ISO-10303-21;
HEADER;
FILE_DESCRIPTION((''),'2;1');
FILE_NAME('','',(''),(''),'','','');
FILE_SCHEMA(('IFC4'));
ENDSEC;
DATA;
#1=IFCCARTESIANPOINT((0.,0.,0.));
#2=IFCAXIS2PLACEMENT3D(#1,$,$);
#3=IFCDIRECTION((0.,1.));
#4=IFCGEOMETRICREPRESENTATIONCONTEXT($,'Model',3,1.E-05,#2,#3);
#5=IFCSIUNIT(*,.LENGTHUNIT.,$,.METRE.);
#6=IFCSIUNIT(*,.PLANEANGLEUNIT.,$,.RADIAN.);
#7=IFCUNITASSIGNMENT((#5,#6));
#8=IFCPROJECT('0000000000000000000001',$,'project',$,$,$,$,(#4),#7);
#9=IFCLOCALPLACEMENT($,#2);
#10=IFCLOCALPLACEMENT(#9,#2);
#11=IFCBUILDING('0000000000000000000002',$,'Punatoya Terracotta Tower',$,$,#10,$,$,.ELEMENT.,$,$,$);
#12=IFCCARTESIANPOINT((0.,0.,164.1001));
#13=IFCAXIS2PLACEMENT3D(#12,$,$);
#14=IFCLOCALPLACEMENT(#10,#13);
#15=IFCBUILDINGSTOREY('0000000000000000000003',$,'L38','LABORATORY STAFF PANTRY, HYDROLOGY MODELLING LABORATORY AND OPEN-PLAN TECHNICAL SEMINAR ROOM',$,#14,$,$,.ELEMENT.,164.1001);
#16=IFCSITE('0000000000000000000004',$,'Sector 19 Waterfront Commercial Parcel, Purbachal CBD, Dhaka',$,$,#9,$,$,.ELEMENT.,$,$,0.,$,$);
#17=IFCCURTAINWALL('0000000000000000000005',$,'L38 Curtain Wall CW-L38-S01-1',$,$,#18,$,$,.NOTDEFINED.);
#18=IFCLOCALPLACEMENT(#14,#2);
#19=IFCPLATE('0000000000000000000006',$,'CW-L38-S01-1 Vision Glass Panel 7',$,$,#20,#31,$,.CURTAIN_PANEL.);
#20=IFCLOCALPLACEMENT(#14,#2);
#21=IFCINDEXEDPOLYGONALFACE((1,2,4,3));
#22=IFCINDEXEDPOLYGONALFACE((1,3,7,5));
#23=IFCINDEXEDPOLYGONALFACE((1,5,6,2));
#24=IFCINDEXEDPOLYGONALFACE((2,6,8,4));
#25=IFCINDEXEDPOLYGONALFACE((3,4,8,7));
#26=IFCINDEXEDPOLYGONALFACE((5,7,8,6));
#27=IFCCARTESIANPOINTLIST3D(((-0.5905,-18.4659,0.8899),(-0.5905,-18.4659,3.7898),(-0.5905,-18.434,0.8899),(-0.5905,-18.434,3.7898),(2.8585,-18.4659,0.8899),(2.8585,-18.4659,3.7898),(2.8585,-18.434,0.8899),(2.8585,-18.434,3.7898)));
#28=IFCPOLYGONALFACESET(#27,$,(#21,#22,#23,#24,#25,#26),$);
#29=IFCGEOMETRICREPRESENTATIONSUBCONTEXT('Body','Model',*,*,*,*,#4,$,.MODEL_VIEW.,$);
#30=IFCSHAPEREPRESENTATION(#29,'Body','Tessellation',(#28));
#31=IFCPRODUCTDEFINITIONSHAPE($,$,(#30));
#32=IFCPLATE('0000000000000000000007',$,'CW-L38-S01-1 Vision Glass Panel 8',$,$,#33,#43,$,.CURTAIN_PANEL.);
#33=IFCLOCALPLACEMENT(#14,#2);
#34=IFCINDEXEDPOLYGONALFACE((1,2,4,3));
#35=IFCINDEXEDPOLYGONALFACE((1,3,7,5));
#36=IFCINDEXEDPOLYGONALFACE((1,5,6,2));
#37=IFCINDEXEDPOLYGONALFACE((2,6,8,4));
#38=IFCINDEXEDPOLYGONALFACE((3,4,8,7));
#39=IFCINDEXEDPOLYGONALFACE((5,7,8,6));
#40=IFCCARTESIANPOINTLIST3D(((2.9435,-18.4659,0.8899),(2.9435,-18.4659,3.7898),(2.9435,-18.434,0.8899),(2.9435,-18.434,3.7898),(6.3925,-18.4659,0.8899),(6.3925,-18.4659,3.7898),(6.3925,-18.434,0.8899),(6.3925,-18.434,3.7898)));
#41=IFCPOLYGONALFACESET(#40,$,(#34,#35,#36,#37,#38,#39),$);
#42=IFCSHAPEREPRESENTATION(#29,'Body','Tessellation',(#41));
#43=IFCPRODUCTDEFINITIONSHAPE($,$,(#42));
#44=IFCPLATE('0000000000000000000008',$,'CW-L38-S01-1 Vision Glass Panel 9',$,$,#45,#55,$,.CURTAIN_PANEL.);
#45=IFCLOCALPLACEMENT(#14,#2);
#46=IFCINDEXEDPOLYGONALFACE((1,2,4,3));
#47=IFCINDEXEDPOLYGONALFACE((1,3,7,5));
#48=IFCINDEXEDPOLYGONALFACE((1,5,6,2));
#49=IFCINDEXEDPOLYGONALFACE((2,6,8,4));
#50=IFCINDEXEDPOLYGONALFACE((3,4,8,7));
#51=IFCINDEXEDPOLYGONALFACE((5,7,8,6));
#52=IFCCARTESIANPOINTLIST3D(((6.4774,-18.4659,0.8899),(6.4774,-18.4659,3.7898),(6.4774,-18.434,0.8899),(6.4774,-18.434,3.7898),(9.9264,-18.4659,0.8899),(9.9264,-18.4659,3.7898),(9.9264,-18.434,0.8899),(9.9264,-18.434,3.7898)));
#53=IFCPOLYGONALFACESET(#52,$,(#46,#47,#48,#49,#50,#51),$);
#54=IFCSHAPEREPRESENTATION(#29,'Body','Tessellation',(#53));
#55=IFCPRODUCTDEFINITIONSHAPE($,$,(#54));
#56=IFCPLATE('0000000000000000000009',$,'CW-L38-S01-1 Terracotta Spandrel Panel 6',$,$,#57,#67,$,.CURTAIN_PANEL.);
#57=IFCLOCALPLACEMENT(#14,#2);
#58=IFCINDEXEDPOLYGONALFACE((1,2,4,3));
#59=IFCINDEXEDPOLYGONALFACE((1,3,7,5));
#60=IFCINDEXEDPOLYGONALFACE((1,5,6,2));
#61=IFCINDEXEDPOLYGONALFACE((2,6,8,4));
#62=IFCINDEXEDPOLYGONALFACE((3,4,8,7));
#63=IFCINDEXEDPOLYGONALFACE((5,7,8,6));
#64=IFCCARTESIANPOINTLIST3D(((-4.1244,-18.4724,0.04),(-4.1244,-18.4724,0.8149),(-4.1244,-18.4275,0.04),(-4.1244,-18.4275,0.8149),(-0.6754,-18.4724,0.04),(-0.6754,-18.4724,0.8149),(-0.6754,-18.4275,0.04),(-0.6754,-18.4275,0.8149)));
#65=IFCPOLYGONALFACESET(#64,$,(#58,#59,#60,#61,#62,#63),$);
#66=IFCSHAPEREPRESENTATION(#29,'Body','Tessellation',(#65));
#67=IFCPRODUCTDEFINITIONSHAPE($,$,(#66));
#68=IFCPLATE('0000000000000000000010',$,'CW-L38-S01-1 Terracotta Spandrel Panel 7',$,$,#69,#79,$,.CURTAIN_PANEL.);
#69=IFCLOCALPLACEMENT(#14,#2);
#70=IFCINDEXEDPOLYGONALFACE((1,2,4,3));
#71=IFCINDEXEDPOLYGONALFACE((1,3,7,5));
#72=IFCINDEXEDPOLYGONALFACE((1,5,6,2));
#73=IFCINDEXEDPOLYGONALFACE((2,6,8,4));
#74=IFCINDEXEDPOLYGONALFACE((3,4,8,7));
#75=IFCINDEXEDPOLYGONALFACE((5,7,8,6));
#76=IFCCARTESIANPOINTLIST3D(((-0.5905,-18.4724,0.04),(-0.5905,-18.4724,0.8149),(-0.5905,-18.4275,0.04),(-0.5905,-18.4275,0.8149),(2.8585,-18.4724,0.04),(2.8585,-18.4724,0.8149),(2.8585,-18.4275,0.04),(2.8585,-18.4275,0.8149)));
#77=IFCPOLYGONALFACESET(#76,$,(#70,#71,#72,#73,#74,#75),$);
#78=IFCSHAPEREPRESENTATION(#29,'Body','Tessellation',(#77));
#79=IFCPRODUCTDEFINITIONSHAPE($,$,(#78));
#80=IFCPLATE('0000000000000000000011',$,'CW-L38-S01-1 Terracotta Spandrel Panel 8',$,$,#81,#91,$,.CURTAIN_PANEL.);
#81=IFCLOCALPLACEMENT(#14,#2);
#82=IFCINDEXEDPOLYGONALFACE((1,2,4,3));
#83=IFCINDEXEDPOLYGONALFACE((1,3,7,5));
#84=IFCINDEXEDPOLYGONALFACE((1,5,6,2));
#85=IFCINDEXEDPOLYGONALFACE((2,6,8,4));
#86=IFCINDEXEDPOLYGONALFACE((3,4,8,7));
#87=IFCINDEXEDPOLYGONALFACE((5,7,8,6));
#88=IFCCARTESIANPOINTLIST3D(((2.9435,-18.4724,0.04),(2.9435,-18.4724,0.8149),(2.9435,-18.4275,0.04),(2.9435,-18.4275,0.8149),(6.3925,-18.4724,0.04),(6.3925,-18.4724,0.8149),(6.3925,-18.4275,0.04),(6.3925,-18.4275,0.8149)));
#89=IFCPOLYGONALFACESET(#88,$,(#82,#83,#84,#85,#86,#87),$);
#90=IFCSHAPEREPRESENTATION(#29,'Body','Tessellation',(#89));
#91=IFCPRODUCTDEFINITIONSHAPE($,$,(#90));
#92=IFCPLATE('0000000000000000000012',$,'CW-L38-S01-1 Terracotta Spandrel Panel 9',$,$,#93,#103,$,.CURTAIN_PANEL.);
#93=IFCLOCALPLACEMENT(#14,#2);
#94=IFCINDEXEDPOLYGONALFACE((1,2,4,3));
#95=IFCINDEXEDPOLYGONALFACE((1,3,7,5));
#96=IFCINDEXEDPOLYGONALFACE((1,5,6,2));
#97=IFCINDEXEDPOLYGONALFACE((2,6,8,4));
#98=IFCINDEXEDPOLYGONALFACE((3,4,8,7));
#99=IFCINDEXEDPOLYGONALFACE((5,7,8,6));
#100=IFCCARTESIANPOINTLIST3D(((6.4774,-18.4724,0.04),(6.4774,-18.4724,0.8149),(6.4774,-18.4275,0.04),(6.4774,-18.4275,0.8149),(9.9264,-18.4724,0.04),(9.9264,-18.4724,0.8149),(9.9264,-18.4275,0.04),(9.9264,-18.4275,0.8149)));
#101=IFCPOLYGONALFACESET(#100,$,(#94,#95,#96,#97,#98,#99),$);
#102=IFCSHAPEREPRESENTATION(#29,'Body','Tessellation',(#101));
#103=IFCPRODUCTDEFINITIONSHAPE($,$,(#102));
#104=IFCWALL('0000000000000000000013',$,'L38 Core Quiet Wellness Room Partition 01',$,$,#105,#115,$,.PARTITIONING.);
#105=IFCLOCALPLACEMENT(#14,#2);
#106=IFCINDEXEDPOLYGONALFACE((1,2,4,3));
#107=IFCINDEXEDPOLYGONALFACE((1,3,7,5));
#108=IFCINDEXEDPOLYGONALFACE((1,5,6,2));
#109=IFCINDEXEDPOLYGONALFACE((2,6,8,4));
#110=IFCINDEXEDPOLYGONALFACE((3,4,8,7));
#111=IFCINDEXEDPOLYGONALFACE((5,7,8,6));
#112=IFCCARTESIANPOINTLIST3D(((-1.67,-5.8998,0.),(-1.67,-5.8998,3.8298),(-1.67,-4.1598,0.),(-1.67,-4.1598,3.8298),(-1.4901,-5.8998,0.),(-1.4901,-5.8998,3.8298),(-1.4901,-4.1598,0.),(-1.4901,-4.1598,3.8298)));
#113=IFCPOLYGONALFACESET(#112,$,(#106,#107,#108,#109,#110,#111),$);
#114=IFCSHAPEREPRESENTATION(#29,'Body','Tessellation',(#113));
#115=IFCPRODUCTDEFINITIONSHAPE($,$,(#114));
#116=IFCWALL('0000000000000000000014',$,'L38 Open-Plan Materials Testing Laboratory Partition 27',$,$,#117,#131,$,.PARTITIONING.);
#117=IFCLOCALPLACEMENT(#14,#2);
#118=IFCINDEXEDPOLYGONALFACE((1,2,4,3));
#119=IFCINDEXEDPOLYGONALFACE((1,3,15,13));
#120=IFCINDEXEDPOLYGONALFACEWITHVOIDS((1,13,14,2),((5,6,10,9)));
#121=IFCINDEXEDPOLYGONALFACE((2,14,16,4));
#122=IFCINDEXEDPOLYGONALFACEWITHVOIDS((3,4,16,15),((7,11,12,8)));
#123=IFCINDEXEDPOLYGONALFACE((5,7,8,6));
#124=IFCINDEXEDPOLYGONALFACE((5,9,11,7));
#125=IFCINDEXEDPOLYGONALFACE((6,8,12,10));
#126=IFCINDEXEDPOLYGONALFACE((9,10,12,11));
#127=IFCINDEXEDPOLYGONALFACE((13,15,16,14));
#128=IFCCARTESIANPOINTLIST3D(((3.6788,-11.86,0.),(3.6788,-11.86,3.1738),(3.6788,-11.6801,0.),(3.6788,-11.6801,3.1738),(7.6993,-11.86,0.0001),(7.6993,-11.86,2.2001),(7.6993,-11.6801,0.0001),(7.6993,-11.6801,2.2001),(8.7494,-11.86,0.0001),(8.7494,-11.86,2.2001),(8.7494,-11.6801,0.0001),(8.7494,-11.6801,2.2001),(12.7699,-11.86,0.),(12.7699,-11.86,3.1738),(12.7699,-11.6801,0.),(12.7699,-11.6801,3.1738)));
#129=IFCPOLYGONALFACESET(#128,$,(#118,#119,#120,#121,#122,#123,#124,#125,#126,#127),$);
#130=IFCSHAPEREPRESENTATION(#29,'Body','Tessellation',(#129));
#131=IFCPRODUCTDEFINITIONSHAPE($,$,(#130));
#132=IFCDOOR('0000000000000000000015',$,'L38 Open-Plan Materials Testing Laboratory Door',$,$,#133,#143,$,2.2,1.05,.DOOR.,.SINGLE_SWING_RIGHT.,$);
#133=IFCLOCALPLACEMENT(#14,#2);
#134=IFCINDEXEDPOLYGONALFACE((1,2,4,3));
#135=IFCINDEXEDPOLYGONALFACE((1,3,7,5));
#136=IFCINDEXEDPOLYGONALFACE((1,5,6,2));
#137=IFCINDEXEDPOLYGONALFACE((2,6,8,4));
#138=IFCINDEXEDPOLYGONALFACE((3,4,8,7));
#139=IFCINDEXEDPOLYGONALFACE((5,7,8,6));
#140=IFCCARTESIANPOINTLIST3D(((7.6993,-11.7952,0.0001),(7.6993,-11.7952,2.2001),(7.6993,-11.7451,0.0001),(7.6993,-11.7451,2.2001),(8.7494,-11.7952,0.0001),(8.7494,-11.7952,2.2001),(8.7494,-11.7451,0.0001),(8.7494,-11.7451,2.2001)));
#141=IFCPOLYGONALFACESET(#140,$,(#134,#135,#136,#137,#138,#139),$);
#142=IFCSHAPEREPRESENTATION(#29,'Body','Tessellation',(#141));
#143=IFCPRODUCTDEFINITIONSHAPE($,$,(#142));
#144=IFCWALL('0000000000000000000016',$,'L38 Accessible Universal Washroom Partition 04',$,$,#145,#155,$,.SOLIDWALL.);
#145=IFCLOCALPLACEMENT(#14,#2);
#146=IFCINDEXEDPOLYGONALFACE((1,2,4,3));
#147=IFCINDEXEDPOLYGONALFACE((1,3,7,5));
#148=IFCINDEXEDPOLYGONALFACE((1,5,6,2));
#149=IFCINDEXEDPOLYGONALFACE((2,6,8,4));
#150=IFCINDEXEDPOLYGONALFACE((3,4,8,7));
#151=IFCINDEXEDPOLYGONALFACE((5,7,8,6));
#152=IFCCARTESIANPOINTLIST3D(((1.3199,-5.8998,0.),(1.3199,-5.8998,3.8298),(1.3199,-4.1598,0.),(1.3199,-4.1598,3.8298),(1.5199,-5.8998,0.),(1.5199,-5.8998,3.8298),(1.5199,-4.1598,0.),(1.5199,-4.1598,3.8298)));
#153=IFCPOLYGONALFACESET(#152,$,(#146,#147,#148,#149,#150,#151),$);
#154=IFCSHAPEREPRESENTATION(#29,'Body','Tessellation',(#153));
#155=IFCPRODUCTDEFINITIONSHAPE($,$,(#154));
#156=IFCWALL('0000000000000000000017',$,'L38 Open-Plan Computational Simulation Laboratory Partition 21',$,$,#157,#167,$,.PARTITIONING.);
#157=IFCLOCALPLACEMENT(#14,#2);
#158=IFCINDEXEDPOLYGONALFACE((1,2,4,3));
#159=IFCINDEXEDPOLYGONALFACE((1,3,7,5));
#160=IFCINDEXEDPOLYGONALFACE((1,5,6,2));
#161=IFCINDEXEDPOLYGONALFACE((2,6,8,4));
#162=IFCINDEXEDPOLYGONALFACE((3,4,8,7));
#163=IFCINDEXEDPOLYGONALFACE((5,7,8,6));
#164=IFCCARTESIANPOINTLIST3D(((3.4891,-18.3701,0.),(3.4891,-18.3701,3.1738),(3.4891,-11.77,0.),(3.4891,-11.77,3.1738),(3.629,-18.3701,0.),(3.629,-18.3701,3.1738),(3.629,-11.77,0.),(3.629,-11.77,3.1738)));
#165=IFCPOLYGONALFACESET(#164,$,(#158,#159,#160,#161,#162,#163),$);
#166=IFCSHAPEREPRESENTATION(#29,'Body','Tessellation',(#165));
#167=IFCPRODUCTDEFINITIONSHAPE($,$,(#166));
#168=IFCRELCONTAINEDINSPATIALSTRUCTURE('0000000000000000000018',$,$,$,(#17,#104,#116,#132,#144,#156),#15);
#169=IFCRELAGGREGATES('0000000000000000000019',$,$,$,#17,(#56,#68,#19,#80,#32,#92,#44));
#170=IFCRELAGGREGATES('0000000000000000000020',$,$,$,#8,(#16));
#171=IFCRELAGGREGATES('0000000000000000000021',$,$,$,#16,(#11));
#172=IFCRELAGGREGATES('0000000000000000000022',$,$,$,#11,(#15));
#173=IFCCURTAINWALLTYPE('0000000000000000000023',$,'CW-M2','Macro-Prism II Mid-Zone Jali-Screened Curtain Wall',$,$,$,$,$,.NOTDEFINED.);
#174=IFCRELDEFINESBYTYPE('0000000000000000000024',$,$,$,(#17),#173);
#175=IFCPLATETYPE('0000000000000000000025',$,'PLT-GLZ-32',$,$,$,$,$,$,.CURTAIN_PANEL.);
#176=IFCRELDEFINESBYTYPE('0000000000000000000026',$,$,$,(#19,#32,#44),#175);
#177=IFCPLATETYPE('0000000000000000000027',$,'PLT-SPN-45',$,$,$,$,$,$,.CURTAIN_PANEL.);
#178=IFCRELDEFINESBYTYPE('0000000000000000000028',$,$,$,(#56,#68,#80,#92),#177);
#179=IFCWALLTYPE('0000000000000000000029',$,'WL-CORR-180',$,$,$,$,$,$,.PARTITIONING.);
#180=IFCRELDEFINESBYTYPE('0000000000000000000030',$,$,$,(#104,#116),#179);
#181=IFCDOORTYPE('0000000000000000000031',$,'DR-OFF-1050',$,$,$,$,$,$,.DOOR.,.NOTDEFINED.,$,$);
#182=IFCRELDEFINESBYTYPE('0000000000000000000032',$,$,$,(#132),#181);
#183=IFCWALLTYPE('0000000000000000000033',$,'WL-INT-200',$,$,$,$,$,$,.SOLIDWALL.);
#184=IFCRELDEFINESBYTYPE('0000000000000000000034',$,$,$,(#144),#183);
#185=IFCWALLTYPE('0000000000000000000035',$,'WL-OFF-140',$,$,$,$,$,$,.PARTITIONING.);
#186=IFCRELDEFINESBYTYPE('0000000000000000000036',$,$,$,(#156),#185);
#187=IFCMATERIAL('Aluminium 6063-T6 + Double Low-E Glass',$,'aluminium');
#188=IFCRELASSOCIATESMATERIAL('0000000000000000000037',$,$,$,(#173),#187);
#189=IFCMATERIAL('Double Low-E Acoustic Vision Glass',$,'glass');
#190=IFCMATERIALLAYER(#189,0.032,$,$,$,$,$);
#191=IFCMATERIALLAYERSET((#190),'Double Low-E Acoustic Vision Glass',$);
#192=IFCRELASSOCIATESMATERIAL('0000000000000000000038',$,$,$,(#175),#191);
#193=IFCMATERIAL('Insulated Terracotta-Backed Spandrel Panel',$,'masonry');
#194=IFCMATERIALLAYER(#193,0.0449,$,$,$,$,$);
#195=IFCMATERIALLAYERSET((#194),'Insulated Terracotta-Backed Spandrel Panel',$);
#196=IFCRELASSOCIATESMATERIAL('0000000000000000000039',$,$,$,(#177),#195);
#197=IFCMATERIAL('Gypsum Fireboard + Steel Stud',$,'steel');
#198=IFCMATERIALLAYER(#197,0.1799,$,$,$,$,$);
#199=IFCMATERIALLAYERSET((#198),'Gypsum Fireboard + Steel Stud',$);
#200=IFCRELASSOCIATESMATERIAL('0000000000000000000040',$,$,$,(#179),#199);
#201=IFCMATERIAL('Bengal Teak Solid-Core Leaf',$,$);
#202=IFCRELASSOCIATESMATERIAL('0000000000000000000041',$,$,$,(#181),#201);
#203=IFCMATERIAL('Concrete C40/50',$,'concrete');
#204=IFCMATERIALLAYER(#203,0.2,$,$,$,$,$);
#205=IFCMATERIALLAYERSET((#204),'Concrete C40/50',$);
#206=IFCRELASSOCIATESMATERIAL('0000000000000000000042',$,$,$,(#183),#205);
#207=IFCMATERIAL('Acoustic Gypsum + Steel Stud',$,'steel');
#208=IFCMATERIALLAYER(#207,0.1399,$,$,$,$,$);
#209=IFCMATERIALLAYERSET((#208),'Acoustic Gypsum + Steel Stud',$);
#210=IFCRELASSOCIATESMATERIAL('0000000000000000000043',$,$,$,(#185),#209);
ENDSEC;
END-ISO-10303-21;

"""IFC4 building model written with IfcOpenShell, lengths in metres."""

from ifc_helpers import new_model, si_unit, direction, frame, frame_2d, origin, origin_2d, place, context, subcontext, project, spatial, rectangle, extrude, material, layer, layer_set, type_object, element, fill, aggregate, save


model = new_model("IFC4")

# Units and contexts
model_context = context("Model", 3, precision=1e-05, world=origin(), true_north=direction((0.0, 1.0)))
body_context = subcontext(model_context, "Body", "Model", "MODEL_VIEW")
ifc_project = project(units=[si_unit("LENGTHUNIT", "METRE"), si_unit("PLANEANGLEUNIT", "RADIAN")], contexts=[model_context])

# Site, building, storey
site_placement = place(None, origin())
site = spatial("IfcSite", under=ifc_project, at=site_placement, Name="Sector 19 Waterfront Commercial Parcel, Purbachal CBD, Dhaka", CompositionType="ELEMENT", RefElevation=0.0)
building_placement = place(site_placement, origin())
building = spatial("IfcBuilding", under=site, at=building_placement, Name="Punatoya Terracotta Tower", CompositionType="ELEMENT")
storey_placement = place(building_placement, frame((0.0, 0.0, 164.1001)))
storey = spatial("IfcBuildingStorey", under=building, at=storey_placement, Name="L38", Description="LABORATORY STAFF PANTRY, HYDROLOGY MODELLING LABORATORY AND OPEN-PLAN TECHNICAL SEMINAR ROOM", CompositionType="ELEMENT", Elevation=164.1001)

# Curtain wall, plates
ifc_material_1 = material(Name="Aluminium 6063-T6 + Double Low-E Glass", Category="aluminium")
curtain_wall_type = type_object("IfcCurtainWallType", Name="CW-M2", Description="Macro-Prism II Mid-Zone Jali-Screened Curtain Wall", PredefinedType="NOTDEFINED", material=ifc_material_1)
curtain_wall_placement = place(storey_placement, origin())
curtain_wall = element("IfcCurtainWall", 1, at=curtain_wall_placement, inside=storey, type_object=curtain_wall_type, Name="L38 Curtain Wall CW-L38-S01-1", PredefinedType="NOTDEFINED")
ifc_material_2 = material(Name="Double Low-E Acoustic Vision Glass", Category="glass")
ifc_layer_1 = layer(ifc_material_2, 0.032)
ifc_layer_set_1 = layer_set([ifc_layer_1], Name="Double Low-E Acoustic Vision Glass")
plate_type_1 = type_object("IfcPlateType", Name="PLT-GLZ-32", PredefinedType="CURTAIN_PANEL", material=ifc_layer_set_1)
plate_1_placement = place(storey_placement, frame((1.134, -18.45, 0.8899), z_axis=(0.0, 0.0, 1.0), x_axis=(1.0, 0.0, 0.0)))
plate_1 = element("IfcPlate", 2, at=plate_1_placement, type_object=plate_type_1, Name="CW-L38-S01-1 Vision Glass Panel 7", PredefinedType="CURTAIN_PANEL", context=body_context, shape_type="SweptSolid", body=[
    extrude(rectangle(XDim=3.449, YDim=0.032, at=origin_2d()), origin(), (0.0, 0.0, 1.0), 2.8999),
])
plate_2_placement = place(storey_placement, frame((4.668, -18.45, 0.8899), z_axis=(0.0, 0.0, 1.0), x_axis=(1.0, 0.0, 0.0)))
plate_2 = element("IfcPlate", 3, at=plate_2_placement, type_object=plate_type_1, Name="CW-L38-S01-1 Vision Glass Panel 8", PredefinedType="CURTAIN_PANEL", context=body_context, shape_type="SweptSolid", body=[
    extrude(rectangle(XDim=3.449, YDim=0.032, at=origin_2d()), origin(), (0.0, 0.0, 1.0), 2.8999),
])
plate_3_placement = place(storey_placement, frame((8.2019, -18.45, 0.8899), z_axis=(0.0, 0.0, 1.0), x_axis=(1.0, 0.0, 0.0)))
plate_3 = element("IfcPlate", 4, at=plate_3_placement, type_object=plate_type_1, Name="CW-L38-S01-1 Vision Glass Panel 9", PredefinedType="CURTAIN_PANEL", context=body_context, shape_type="SweptSolid", body=[
    extrude(rectangle(XDim=3.449, YDim=0.032, at=origin_2d()), origin(), (0.0, 0.0, 1.0), 2.8999),
])
ifc_material_3 = material(Name="Insulated Terracotta-Backed Spandrel Panel", Category="masonry")
ifc_layer_2 = layer(ifc_material_3, 0.0449)
ifc_layer_set_2 = layer_set([ifc_layer_2], Name="Insulated Terracotta-Backed Spandrel Panel")
plate_type_2 = type_object("IfcPlateType", Name="PLT-SPN-45", PredefinedType="CURTAIN_PANEL", material=ifc_layer_set_2)
plate_4_placement = place(storey_placement, frame((-2.3999, -18.45, 0.04), z_axis=(0.0, 0.0, 1.0), x_axis=(1.0, 0.0, 0.0)))
plate_4 = element("IfcPlate", 5, at=plate_4_placement, type_object=plate_type_2, Name="CW-L38-S01-1 Terracotta Spandrel Panel 6", PredefinedType="CURTAIN_PANEL", context=body_context, shape_type="SweptSolid", body=[
    extrude(rectangle(XDim=3.449, YDim=0.0449, at=origin_2d()), origin(), (0.0, 0.0, 1.0), 0.7749),
])
plate_5_placement = place(storey_placement, frame((1.134, -18.45, 0.04), z_axis=(0.0, 0.0, 1.0), x_axis=(1.0, 0.0, 0.0)))
plate_5 = element("IfcPlate", 6, at=plate_5_placement, type_object=plate_type_2, Name="CW-L38-S01-1 Terracotta Spandrel Panel 7", PredefinedType="CURTAIN_PANEL", context=body_context, shape_type="SweptSolid", body=[
    extrude(rectangle(XDim=3.449, YDim=0.0449, at=origin_2d()), origin(), (0.0, 0.0, 1.0), 0.7749),
])
plate_6_placement = place(storey_placement, frame((4.668, -18.45, 0.04), z_axis=(0.0, 0.0, 1.0), x_axis=(1.0, 0.0, 0.0)))
plate_6 = element("IfcPlate", 7, at=plate_6_placement, type_object=plate_type_2, Name="CW-L38-S01-1 Terracotta Spandrel Panel 8", PredefinedType="CURTAIN_PANEL", context=body_context, shape_type="SweptSolid", body=[
    extrude(rectangle(XDim=3.449, YDim=0.0449, at=origin_2d()), origin(), (0.0, 0.0, 1.0), 0.7749),
])
plate_7_placement = place(storey_placement, frame((8.2019, -18.45, 0.04), z_axis=(0.0, 0.0, 1.0), x_axis=(1.0, 0.0, 0.0)))
plate_7 = element("IfcPlate", 8, at=plate_7_placement, type_object=plate_type_2, Name="CW-L38-S01-1 Terracotta Spandrel Panel 9", PredefinedType="CURTAIN_PANEL", context=body_context, shape_type="SweptSolid", body=[
    extrude(rectangle(XDim=3.449, YDim=0.0449, at=origin_2d()), origin(), (0.0, 0.0, 1.0), 0.7749),
])
aggregate(curtain_wall, [plate_4, plate_5, plate_1, plate_6, plate_2, plate_7, plate_3])

# Wall
ifc_material_4 = material(Name="Gypsum Fireboard + Steel Stud", Category="steel")
ifc_layer_3 = layer(ifc_material_4, 0.1799)
ifc_layer_set_3 = layer_set([ifc_layer_3], Name="Gypsum Fireboard + Steel Stud")
wall_type_1 = type_object("IfcWallType", Name="WL-CORR-180", PredefinedType="PARTITIONING", material=ifc_layer_set_3)
wall_1_placement = place(storey_placement, frame((-1.5801, -5.8999, 0.0), z_axis=(0.0, 0.0, 1.0), x_axis=(0.0, 1.0, 0.0)))
element("IfcWall", 9, at=wall_1_placement, inside=storey, type_object=wall_type_1, Name="L38 Core Quiet Wellness Room Partition 01", PredefinedType="PARTITIONING", context=body_context, shape_type="SweptSolid", body=[
    extrude(rectangle(XDim=1.74, YDim=0.1799, at=frame_2d((0.8701, 0.0))), origin(), (0.0, 0.0, 1.0), 3.8298),
])

# Wall, opening, door
wall_2_placement = place(storey_placement, frame((3.679, -11.77, 0.0), z_axis=(0.0, 0.0, 1.0), x_axis=(1.0, 0.0, 0.0)))
wall_2 = element("IfcWall", 10, at=wall_2_placement, inside=storey, type_object=wall_type_1, Name="L38 Open-Plan Materials Testing Laboratory Partition 27", PredefinedType="PARTITIONING", context=body_context, shape_type="SweptSolid", body=[
    extrude(rectangle(XDim=9.0911, YDim=0.1799, at=frame_2d((4.5454, 0.0))), origin(), (0.0, 0.0, 1.0), 3.1738),
])
opening_1_placement = place(wall_2_placement, frame((4.0205, 0.0, 0.0)))
opening_1 = element("IfcOpeningElement", 11, at=opening_1_placement, cuts=wall_2, PredefinedType="OPENING", context=body_context, shape_type="SweptSolid", body=[
    extrude(rectangle(XDim=1.05, YDim=2.2, at=frame_2d((0.5249, 1.1001))), frame((0.0, 0.0999, 0.0), z_axis=(0.0, -1.0, 0.0), x_axis=(1.0, 0.0, 0.0)), (0.0, 0.0, 1.0), 0.2),
])
ifc_material_5 = material(Name="Bengal Teak Solid-Core Leaf")
door_type_1 = type_object("IfcDoorType", Name="DR-OFF-1050", OperationType="NOTDEFINED", PredefinedType="DOOR", material=ifc_material_5)
door_1_placement = place(opening_1_placement, origin())
door_1 = element("IfcDoor", 12, at=door_1_placement, inside=storey, type_object=door_type_1, Name="L38 Open-Plan Materials Testing Laboratory Door", OperationType="SINGLE_SWING_RIGHT", OverallHeight=2.2, OverallWidth=1.05, PredefinedType="DOOR", context=body_context, shape_type="SweptSolid", body=[
    extrude(rectangle(XDim=1.05, YDim=2.2, at=frame_2d((0.5249, 1.1001))), frame((0.0, 0.0249, 0.0), z_axis=(0.0, -1.0, 0.0), x_axis=(1.0, 0.0, 0.0)), (0.0, 0.0, 1.0), 0.05),
])
fill(opening_1, door_1)

# Walls
ifc_material_6 = material(Name="Concrete C40/50", Category="concrete")
ifc_layer_4 = layer(ifc_material_6, 0.2)
ifc_layer_set_4 = layer_set([ifc_layer_4], Name="Concrete C40/50")
wall_type_2 = type_object("IfcWallType", Name="WL-INT-200", PredefinedType="SOLIDWALL", material=ifc_layer_set_4)
wall_3_placement = place(storey_placement, frame((1.4199, -5.8999, 0.0), z_axis=(0.0, 0.0, 1.0), x_axis=(0.0, 1.0, 0.0)))
element("IfcWall", 13, at=wall_3_placement, inside=storey, type_object=wall_type_2, Name="L38 Accessible Universal Washroom Partition 04", PredefinedType="SOLIDWALL", context=body_context, shape_type="SweptSolid", body=[
    extrude(rectangle(XDim=1.74, YDim=0.2, at=frame_2d((0.8701, 0.0))), origin(), (0.0, 0.0, 1.0), 3.8298),
])
ifc_material_7 = material(Name="Acoustic Gypsum + Steel Stud", Category="steel")
ifc_layer_5 = layer(ifc_material_7, 0.1399)
ifc_layer_set_5 = layer_set([ifc_layer_5], Name="Acoustic Gypsum + Steel Stud")
wall_type_3 = type_object("IfcWallType", Name="WL-OFF-140", PredefinedType="PARTITIONING", material=ifc_layer_set_5)
wall_4_placement = place(storey_placement, frame((3.5591, -11.77, 0.0), z_axis=(0.0, 0.0, 1.0), x_axis=(0.0, -1.0, 0.0)))
element("IfcWall", 14, at=wall_4_placement, inside=storey, type_object=wall_type_3, Name="L38 Open-Plan Computational Simulation Laboratory Partition 21", PredefinedType="PARTITIONING", context=body_context, shape_type="SweptSolid", body=[
    extrude(rectangle(XDim=6.6001, YDim=0.1399, at=frame_2d((3.3, 0.0))), origin(), (0.0, 0.0, 1.0), 3.1738),
])

save(model, "model.ifc")
